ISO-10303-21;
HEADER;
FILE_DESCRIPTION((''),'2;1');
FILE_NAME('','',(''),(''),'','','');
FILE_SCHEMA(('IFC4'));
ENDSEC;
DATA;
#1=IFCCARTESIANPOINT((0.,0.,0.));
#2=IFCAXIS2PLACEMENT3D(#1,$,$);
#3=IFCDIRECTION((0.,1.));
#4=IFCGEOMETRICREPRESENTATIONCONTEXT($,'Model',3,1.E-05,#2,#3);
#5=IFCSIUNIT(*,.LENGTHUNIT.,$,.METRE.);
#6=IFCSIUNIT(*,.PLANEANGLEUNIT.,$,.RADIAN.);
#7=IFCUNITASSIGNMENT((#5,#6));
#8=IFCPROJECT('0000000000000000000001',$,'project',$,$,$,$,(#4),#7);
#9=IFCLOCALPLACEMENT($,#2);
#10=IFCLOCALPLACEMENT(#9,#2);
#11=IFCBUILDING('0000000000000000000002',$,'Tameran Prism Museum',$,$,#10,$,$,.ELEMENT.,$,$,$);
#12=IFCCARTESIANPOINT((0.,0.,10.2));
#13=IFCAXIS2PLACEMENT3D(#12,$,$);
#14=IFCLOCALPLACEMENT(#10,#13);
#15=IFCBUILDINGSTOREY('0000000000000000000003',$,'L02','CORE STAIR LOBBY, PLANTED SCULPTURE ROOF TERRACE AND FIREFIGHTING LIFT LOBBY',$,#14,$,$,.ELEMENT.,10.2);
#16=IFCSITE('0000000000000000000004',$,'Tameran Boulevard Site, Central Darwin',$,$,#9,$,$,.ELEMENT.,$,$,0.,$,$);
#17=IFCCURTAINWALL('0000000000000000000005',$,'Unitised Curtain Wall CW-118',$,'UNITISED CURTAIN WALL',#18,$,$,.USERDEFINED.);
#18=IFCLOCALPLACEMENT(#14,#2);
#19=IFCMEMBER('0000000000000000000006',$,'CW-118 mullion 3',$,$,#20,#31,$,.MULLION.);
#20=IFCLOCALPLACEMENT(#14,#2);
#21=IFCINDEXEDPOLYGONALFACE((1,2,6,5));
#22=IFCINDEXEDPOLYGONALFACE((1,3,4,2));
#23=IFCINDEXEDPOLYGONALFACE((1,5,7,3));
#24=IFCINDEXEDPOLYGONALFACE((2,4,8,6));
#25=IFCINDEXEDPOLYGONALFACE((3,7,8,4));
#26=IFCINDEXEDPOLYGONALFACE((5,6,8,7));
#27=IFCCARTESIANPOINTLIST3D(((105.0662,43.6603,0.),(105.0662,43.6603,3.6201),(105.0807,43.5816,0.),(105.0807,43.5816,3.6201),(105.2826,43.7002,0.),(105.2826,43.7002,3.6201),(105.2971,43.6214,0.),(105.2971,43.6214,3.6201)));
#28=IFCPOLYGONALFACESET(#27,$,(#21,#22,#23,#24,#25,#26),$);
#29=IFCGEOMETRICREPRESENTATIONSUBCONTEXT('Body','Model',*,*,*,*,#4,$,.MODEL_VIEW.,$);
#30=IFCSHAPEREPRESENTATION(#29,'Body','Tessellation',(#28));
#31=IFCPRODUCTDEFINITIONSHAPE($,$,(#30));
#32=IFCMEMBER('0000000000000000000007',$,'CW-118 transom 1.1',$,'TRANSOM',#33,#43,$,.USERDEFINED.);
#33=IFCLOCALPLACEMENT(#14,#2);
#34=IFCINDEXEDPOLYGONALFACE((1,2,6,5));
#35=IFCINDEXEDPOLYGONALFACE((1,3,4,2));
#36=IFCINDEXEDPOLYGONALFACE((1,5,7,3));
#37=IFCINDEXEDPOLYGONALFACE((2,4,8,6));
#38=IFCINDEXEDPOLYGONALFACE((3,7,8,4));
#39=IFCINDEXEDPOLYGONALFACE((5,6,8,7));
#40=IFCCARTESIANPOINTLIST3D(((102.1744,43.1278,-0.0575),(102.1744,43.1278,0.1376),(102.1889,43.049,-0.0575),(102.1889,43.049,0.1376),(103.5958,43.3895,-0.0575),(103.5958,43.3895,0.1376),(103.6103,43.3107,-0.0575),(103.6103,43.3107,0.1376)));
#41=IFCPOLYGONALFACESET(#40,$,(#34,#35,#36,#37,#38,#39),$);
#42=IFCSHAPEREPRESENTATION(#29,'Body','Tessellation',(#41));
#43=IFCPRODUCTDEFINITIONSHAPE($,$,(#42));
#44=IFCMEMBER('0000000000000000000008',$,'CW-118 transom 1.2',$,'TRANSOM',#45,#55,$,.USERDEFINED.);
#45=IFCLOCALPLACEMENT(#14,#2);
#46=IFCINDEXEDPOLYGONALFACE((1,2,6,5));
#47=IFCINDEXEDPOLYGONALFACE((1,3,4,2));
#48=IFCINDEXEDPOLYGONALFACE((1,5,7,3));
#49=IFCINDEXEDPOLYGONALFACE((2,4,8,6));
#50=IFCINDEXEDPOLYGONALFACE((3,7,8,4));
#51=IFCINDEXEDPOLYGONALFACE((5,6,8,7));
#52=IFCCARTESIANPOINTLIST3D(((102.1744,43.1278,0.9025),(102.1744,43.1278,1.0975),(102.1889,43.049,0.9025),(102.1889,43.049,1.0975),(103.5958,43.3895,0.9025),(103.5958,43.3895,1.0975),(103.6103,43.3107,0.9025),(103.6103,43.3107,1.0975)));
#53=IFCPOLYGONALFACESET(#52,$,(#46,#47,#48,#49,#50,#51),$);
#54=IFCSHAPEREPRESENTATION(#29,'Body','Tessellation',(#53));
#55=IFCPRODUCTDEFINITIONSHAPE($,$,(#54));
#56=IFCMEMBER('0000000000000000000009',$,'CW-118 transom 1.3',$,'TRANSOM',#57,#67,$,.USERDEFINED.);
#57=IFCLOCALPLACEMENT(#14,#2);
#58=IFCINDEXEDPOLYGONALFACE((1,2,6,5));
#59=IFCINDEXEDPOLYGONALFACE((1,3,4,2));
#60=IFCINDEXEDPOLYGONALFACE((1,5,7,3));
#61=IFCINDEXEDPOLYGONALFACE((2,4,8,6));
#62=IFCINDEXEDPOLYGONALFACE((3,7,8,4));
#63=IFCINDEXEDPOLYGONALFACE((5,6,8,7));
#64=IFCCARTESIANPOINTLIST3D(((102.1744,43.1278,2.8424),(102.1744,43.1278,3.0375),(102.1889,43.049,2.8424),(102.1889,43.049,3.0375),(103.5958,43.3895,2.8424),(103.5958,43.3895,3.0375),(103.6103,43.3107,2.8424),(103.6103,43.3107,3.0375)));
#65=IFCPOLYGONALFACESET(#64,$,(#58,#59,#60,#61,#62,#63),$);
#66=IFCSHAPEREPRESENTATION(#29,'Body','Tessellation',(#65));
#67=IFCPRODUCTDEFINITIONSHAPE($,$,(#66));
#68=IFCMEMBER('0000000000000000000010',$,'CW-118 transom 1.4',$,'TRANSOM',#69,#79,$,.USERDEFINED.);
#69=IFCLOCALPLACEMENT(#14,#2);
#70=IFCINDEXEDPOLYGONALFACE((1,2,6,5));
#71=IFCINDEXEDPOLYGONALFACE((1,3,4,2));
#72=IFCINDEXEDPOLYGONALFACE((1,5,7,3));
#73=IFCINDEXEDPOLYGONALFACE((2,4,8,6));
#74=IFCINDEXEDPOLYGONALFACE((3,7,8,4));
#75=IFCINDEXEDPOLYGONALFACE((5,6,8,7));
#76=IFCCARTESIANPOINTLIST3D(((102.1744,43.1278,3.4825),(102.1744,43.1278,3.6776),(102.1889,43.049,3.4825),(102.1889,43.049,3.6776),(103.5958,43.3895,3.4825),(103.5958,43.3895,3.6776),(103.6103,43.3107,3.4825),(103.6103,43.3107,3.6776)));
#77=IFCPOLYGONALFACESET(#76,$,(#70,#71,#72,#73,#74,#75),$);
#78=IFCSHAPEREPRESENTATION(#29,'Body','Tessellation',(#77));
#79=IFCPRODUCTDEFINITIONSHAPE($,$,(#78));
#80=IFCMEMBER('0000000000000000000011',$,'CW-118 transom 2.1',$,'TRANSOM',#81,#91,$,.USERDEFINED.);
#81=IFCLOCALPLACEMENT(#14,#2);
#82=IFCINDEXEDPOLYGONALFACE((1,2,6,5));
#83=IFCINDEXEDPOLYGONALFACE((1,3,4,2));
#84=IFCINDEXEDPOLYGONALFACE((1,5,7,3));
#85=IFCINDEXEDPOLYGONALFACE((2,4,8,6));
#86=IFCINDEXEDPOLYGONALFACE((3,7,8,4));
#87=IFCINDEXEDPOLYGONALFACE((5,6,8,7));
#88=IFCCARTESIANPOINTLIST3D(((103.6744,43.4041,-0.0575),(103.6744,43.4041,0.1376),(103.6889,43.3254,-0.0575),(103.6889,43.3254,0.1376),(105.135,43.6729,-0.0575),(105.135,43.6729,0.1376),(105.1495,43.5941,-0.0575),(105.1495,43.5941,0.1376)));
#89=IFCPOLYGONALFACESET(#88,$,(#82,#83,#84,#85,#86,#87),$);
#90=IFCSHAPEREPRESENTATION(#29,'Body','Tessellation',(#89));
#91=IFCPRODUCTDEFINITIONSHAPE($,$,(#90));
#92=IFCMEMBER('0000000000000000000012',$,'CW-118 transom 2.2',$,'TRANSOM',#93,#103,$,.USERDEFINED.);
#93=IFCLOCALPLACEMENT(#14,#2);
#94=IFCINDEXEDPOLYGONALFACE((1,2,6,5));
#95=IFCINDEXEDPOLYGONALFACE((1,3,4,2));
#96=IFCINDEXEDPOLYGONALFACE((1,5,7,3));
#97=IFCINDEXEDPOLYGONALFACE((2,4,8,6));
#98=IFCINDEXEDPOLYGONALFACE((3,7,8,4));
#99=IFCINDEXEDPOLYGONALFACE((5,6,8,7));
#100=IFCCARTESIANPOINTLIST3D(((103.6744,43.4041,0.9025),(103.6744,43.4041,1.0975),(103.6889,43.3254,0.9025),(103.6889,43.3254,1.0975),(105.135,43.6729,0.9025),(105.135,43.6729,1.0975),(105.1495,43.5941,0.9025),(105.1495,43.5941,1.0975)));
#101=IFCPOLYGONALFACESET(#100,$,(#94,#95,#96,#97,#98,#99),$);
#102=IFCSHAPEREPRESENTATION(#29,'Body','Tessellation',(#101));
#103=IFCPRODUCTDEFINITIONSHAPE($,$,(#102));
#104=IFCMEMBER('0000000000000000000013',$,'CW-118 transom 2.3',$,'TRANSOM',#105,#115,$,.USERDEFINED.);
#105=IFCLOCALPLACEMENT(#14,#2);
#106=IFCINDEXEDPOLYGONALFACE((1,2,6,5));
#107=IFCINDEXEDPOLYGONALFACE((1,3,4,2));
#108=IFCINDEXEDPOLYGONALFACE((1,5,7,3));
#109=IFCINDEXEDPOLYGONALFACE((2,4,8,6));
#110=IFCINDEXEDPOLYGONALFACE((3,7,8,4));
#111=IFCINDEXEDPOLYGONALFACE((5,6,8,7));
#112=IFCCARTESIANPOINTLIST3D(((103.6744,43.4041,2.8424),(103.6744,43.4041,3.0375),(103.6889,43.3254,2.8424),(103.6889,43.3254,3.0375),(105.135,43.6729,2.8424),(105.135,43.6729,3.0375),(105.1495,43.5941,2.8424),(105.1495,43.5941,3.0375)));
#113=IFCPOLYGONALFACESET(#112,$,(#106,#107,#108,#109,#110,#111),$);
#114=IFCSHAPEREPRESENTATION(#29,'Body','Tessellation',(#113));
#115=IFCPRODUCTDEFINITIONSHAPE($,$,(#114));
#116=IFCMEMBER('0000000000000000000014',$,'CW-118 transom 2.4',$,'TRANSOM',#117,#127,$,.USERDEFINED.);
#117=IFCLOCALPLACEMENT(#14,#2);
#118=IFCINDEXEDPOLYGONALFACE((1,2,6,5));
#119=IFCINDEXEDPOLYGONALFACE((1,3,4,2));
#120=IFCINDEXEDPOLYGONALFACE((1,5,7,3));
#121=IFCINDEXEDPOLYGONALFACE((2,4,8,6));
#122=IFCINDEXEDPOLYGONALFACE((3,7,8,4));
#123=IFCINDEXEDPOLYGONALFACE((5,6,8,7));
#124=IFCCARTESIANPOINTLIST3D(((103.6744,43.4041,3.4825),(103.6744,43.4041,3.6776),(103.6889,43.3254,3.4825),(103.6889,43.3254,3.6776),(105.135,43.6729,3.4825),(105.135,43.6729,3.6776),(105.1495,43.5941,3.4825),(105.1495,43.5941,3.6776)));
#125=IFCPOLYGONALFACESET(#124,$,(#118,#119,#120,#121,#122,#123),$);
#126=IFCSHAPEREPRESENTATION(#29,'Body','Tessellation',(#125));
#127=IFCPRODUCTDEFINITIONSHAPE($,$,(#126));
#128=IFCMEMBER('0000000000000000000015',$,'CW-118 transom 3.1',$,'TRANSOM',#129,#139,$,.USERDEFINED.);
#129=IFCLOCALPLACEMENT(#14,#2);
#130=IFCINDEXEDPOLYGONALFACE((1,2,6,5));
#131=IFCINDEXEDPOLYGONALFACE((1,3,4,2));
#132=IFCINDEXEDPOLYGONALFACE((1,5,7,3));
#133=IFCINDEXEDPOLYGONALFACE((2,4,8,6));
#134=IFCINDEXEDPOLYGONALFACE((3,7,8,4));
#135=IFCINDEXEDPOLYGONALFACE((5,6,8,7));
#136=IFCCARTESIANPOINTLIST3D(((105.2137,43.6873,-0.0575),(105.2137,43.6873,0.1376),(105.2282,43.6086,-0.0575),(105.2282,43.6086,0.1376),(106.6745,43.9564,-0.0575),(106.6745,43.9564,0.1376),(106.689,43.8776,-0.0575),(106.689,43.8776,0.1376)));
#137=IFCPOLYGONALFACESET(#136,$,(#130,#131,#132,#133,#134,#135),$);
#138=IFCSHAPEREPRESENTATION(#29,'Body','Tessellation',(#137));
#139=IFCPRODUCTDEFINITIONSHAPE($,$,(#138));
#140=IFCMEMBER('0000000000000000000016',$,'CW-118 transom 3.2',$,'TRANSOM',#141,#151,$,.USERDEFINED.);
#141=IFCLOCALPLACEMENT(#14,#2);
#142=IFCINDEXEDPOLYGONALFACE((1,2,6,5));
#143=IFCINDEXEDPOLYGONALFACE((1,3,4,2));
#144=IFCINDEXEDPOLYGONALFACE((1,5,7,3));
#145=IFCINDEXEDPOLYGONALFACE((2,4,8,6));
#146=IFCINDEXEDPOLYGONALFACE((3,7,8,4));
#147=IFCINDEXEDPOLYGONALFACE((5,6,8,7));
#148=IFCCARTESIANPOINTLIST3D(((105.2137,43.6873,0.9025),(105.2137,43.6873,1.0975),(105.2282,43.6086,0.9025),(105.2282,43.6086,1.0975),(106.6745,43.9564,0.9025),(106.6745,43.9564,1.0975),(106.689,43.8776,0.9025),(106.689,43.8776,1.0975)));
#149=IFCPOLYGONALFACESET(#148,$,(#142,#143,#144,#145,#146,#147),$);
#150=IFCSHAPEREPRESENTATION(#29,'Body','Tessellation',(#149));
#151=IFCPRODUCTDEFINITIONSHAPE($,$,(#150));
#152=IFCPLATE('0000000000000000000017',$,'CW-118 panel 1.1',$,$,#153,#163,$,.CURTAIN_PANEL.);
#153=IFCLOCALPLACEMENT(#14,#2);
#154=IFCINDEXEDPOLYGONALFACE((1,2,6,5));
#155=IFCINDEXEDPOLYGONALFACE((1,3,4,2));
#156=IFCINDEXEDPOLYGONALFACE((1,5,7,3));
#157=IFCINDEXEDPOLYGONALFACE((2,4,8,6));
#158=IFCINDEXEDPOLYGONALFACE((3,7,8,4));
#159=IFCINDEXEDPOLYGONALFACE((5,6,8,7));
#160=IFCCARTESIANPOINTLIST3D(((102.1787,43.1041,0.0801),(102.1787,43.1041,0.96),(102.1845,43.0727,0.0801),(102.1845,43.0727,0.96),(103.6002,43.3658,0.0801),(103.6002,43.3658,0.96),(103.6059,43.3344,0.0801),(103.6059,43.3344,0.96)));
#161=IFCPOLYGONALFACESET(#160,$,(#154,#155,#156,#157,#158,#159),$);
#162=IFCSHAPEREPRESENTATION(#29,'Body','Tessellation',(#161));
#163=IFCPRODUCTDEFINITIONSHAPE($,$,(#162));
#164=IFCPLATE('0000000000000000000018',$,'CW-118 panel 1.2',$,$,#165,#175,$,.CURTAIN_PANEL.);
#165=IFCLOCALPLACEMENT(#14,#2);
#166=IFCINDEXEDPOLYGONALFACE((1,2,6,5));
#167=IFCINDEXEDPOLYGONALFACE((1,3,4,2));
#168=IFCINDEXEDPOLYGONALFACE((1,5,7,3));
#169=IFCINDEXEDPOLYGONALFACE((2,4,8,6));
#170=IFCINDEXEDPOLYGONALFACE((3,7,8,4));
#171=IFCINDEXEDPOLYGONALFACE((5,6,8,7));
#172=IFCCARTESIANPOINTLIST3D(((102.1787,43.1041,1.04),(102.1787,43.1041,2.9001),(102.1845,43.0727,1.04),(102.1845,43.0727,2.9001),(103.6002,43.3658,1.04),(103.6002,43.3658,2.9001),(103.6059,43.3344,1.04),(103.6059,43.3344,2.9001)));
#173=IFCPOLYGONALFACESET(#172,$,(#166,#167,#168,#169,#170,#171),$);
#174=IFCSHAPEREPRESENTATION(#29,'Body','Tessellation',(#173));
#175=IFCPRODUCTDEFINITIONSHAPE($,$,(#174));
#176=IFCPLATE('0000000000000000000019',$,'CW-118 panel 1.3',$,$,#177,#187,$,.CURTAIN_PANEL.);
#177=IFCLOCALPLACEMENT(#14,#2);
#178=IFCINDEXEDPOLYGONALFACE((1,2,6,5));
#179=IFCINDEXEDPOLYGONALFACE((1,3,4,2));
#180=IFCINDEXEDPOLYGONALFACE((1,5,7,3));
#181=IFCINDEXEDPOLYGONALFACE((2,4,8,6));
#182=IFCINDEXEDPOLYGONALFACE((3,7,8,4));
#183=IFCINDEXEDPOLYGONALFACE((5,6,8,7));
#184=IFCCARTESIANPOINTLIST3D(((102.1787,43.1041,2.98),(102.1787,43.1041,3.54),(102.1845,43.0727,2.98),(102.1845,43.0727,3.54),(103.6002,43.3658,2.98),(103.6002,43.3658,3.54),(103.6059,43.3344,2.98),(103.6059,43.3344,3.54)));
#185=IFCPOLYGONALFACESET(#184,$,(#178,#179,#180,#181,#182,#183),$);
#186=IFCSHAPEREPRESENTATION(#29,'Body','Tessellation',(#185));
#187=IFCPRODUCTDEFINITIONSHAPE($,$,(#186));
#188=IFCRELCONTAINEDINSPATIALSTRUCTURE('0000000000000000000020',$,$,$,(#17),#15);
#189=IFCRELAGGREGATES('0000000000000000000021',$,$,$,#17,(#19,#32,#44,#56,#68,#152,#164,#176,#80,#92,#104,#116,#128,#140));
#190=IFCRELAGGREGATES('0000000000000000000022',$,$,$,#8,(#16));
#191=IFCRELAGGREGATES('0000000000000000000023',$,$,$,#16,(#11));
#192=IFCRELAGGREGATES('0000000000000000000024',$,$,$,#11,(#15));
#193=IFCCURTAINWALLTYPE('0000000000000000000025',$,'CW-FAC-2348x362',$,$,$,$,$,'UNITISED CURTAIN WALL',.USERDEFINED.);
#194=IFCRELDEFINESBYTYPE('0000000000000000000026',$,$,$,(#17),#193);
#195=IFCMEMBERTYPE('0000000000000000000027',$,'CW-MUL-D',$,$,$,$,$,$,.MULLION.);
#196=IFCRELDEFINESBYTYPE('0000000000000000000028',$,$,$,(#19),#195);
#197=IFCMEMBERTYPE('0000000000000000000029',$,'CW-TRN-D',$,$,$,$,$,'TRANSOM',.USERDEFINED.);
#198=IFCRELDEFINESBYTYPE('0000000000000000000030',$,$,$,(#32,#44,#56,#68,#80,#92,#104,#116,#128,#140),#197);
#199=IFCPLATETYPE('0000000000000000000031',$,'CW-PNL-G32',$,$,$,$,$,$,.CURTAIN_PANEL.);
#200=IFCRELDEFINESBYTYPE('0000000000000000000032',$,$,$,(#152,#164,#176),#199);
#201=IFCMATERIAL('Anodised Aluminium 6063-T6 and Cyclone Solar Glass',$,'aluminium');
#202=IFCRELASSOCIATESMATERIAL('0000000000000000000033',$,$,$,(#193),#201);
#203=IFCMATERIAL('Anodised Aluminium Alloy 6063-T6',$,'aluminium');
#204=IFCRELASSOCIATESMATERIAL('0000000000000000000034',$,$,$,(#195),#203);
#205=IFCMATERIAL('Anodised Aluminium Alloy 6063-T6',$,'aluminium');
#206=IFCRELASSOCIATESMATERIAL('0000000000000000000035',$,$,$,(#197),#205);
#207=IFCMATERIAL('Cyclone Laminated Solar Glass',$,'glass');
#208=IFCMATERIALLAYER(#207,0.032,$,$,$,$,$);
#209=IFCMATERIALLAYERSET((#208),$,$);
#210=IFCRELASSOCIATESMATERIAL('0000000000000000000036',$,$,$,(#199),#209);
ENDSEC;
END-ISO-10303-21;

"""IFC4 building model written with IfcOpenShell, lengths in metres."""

from ifc_helpers import new_model, si_unit, direction, frame, origin, origin_2d, place, context, subcontext, project, spatial, rectangle, extrude, material, layer, layer_set, material_profile, profile_set, type_object, element, aggregate, save


model = new_model("IFC4")

# Units and contexts
model_context = context("Model", 3, precision=1e-05, world=origin(), true_north=direction((0.0, 1.0)))
body_context = subcontext(model_context, "Body", "Model", "MODEL_VIEW")
ifc_project = project(units=[si_unit("LENGTHUNIT", "METRE"), si_unit("PLANEANGLEUNIT", "RADIAN")], contexts=[model_context])

# Site, building, storey
site_placement = place(None, origin())
site = spatial("IfcSite", under=ifc_project, at=site_placement, Name="Tameran Boulevard Site, Central Darwin", CompositionType="ELEMENT", RefElevation=0.0)
building_placement = place(site_placement, origin())
building = spatial("IfcBuilding", under=site, at=building_placement, Name="Tameran Prism Museum", CompositionType="ELEMENT")
storey_placement = place(building_placement, frame((0.0, 0.0, 10.2)))
storey = spatial("IfcBuildingStorey", under=building, at=storey_placement, Name="L02", Description="CORE STAIR LOBBY, PLANTED SCULPTURE ROOF TERRACE AND FIREFIGHTING LIFT LOBBY", CompositionType="ELEMENT", Elevation=10.2)

# Curtain wall, members, plates
ifc_material_1 = material(Name="Anodised Aluminium 6063-T6 and Cyclone Solar Glass", Category="aluminium")
curtain_wall_type_1 = type_object("IfcCurtainWallType", Name="CW-FAC-2348x362", ElementType="UNITISED CURTAIN WALL", PredefinedType="USERDEFINED", material=ifc_material_1)
curtain_wall_1_placement = place(storey_placement, origin())
curtain_wall_1 = element("IfcCurtainWall", 1, at=curtain_wall_1_placement, inside=storey, type_object=curtain_wall_type_1, Name="Unitised Curtain Wall CW-118", ObjectType="UNITISED CURTAIN WALL", PredefinedType="USERDEFINED")
ifc_material_2 = material(Name="Anodised Aluminium Alloy 6063-T6", Category="aluminium")
ifc_material_profile_1 = material_profile(ifc_material_2, rectangle(XDim=0.0801, YDim=0.22, at=origin_2d()))
ifc_profile_set_1 = profile_set([ifc_material_profile_1])
member_type_1 = type_object("IfcMemberType", Name="CW-MUL-D", PredefinedType="MULLION", material=ifc_profile_set_1)
member_1_placement = place(storey_placement, frame((105.1816, 43.6409, 0.0), z_axis=(0.0, 0.0, 1.0), x_axis=(-0.181063, 0.983472, 0.0)))
member_1 = element("IfcMember", 2, at=member_1_placement, type_object=member_type_1, Name="CW-118 mullion 3", PredefinedType="MULLION", context=body_context, shape_type="SweptSolid", body=[
    extrude(rectangle(XDim=0.0801, YDim=0.22, at=origin_2d()), origin(), (0.0, 0.0, 1.0), 3.6201),
])
ifc_material_3 = material(Name="Anodised Aluminium Alloy 6063-T6", Category="aluminium")
ifc_material_profile_2 = material_profile(ifc_material_3, rectangle(XDim=0.0801, YDim=0.1951, at=origin_2d()))
ifc_profile_set_2 = profile_set([ifc_material_profile_2])
member_type_2 = type_object("IfcMemberType", Name="CW-TRN-D", ElementType="TRANSOM", PredefinedType="USERDEFINED", material=ifc_profile_set_2)
member_2_placement = place(storey_placement, frame((102.1816, 43.0884, 0.04), z_axis=(0.983467, 0.181085, 0.0), x_axis=(-0.181085, 0.983467, 0.0)))
member_2 = element("IfcMember", 3, at=member_2_placement, type_object=member_type_2, Name="CW-118 transom 1.1", ObjectType="TRANSOM", PredefinedType="USERDEFINED", context=body_context, shape_type="SweptSolid", body=[
    extrude(rectangle(XDim=0.0801, YDim=0.1951, at=origin_2d()), origin(), (0.0, 0.0, 1.0), 1.4453),
])
member_3_placement = place(storey_placement, frame((102.1816, 43.0884, 1.0), z_axis=(0.983467, 0.181085, 0.0), x_axis=(-0.181085, 0.983467, 0.0)))
member_3 = element("IfcMember", 4, at=member_3_placement, type_object=member_type_2, Name="CW-118 transom 1.2", ObjectType="TRANSOM", PredefinedType="USERDEFINED", context=body_context, shape_type="SweptSolid", body=[
    extrude(rectangle(XDim=0.0801, YDim=0.1951, at=origin_2d()), origin(), (0.0, 0.0, 1.0), 1.4453),
])
member_4_placement = place(storey_placement, frame((102.1816, 43.0884, 2.9399), z_axis=(0.983467, 0.181085, 0.0), x_axis=(-0.181085, 0.983467, 0.0)))
member_4 = element("IfcMember", 5, at=member_4_placement, type_object=member_type_2, Name="CW-118 transom 1.3", ObjectType="TRANSOM", PredefinedType="USERDEFINED", context=body_context, shape_type="SweptSolid", body=[
    extrude(rectangle(XDim=0.0801, YDim=0.1951, at=origin_2d()), origin(), (0.0, 0.0, 1.0), 1.4453),
])
member_5_placement = place(storey_placement, frame((102.1816, 43.0884, 3.5801), z_axis=(0.983467, 0.181085, 0.0), x_axis=(-0.181085, 0.983467, 0.0)))
member_5 = element("IfcMember", 6, at=member_5_placement, type_object=member_type_2, Name="CW-118 transom 1.4", ObjectType="TRANSOM", PredefinedType="USERDEFINED", context=body_context, shape_type="SweptSolid", body=[
    extrude(rectangle(XDim=0.0801, YDim=0.1951, at=origin_2d()), origin(), (0.0, 0.0, 1.0), 1.4453),
])
member_6_placement = place(storey_placement, frame((103.6816, 43.3647, 0.04), z_axis=(0.983486, 0.180983, 0.0), x_axis=(-0.180983, 0.983486, 0.0)))
member_6 = element("IfcMember", 7, at=member_6_placement, type_object=member_type_2, Name="CW-118 transom 2.1", ObjectType="TRANSOM", PredefinedType="USERDEFINED", context=body_context, shape_type="SweptSolid", body=[
    extrude(rectangle(XDim=0.0801, YDim=0.1951, at=origin_2d()), origin(), (0.0, 0.0, 1.0), 1.4851),
])
member_7_placement = place(storey_placement, frame((103.6816, 43.3647, 1.0), z_axis=(0.983486, 0.180983, 0.0), x_axis=(-0.180983, 0.983486, 0.0)))
member_7 = element("IfcMember", 8, at=member_7_placement, type_object=member_type_2, Name="CW-118 transom 2.2", ObjectType="TRANSOM", PredefinedType="USERDEFINED", context=body_context, shape_type="SweptSolid", body=[
    extrude(rectangle(XDim=0.0801, YDim=0.1951, at=origin_2d()), origin(), (0.0, 0.0, 1.0), 1.4851),
])
member_8_placement = place(storey_placement, frame((103.6816, 43.3647, 2.9399), z_axis=(0.983486, 0.180983, 0.0), x_axis=(-0.180983, 0.983486, 0.0)))
member_8 = element("IfcMember", 9, at=member_8_placement, type_object=member_type_2, Name="CW-118 transom 2.3", ObjectType="TRANSOM", PredefinedType="USERDEFINED", context=body_context, shape_type="SweptSolid", body=[
    extrude(rectangle(XDim=0.0801, YDim=0.1951, at=origin_2d()), origin(), (0.0, 0.0, 1.0), 1.4851),
])
member_9_placement = place(storey_placement, frame((103.6816, 43.3647, 3.5801), z_axis=(0.983486, 0.180983, 0.0), x_axis=(-0.180983, 0.983486, 0.0)))
member_9 = element("IfcMember", 10, at=member_9_placement, type_object=member_type_2, Name="CW-118 transom 2.4", ObjectType="TRANSOM", PredefinedType="USERDEFINED", context=body_context, shape_type="SweptSolid", body=[
    extrude(rectangle(XDim=0.0801, YDim=0.1951, at=origin_2d()), origin(), (0.0, 0.0, 1.0), 1.4851),
])
member_10_placement = place(storey_placement, frame((105.2209, 43.6479, 0.04), z_axis=(0.983457, 0.181142, 0.0), x_axis=(-0.181142, 0.983457, 0.0)))
member_10 = element("IfcMember", 11, at=member_10_placement, type_object=member_type_2, Name="CW-118 transom 3.1", ObjectType="TRANSOM", PredefinedType="USERDEFINED", context=body_context, shape_type="SweptSolid", body=[
    extrude(rectangle(XDim=0.0801, YDim=0.1951, at=origin_2d()), origin(), (0.0, 0.0, 1.0), 1.4854),
])
member_11_placement = place(storey_placement, frame((105.2209, 43.6479, 1.0), z_axis=(0.983457, 0.181142, 0.0), x_axis=(-0.181142, 0.983457, 0.0)))
member_11 = element("IfcMember", 12, at=member_11_placement, type_object=member_type_2, Name="CW-118 transom 3.2", ObjectType="TRANSOM", PredefinedType="USERDEFINED", context=body_context, shape_type="SweptSolid", body=[
    extrude(rectangle(XDim=0.0801, YDim=0.1951, at=origin_2d()), origin(), (0.0, 0.0, 1.0), 1.4854),
])
ifc_material_4 = material(Name="Cyclone Laminated Solar Glass", Category="glass")
ifc_layer_1 = layer(ifc_material_4, 0.032)
ifc_layer_set_1 = layer_set([ifc_layer_1])
plate_type = type_object("IfcPlateType", Name="CW-PNL-G32", PredefinedType="CURTAIN_PANEL", material=ifc_layer_set_1)
plate_1_placement = place(storey_placement, frame((102.8923, 43.2192, 0.0801), z_axis=(0.0, 0.0, 1.0), x_axis=(0.983472, 0.181063, 0.0)))
plate_1 = element("IfcPlate", 13, at=plate_1_placement, type_object=plate_type, Name="CW-118 panel 1.1", PredefinedType="CURTAIN_PANEL", context=body_context, shape_type="SweptSolid", body=[
    extrude(rectangle(XDim=1.4453, YDim=0.032, at=origin_2d()), origin(), (0.0, 0.0, 1.0), 0.8799),
])
plate_2_placement = place(storey_placement, frame((102.8923, 43.2192, 1.04), z_axis=(0.0, 0.0, 1.0), x_axis=(0.983472, 0.181063, 0.0)))
plate_2 = element("IfcPlate", 14, at=plate_2_placement, type_object=plate_type, Name="CW-118 panel 1.2", PredefinedType="CURTAIN_PANEL", context=body_context, shape_type="SweptSolid", body=[
    extrude(rectangle(XDim=1.4453, YDim=0.032, at=origin_2d()), origin(), (0.0, 0.0, 1.0), 1.8601),
])
plate_3_placement = place(storey_placement, frame((102.8923, 43.2192, 2.98), z_axis=(0.0, 0.0, 1.0), x_axis=(0.983472, 0.181063, 0.0)))
plate_3 = element("IfcPlate", 15, at=plate_3_placement, type_object=plate_type, Name="CW-118 panel 1.3", PredefinedType="CURTAIN_PANEL", context=body_context, shape_type="SweptSolid", body=[
    extrude(rectangle(XDim=1.4453, YDim=0.032, at=origin_2d()), origin(), (0.0, 0.0, 1.0), 0.5601),
])
aggregate(curtain_wall_1, [member_1, member_2, member_3, member_4, member_5, plate_1, plate_2, plate_3, member_6, member_7, member_8, member_9, member_10, member_11])

save(model, "model.ifc")
